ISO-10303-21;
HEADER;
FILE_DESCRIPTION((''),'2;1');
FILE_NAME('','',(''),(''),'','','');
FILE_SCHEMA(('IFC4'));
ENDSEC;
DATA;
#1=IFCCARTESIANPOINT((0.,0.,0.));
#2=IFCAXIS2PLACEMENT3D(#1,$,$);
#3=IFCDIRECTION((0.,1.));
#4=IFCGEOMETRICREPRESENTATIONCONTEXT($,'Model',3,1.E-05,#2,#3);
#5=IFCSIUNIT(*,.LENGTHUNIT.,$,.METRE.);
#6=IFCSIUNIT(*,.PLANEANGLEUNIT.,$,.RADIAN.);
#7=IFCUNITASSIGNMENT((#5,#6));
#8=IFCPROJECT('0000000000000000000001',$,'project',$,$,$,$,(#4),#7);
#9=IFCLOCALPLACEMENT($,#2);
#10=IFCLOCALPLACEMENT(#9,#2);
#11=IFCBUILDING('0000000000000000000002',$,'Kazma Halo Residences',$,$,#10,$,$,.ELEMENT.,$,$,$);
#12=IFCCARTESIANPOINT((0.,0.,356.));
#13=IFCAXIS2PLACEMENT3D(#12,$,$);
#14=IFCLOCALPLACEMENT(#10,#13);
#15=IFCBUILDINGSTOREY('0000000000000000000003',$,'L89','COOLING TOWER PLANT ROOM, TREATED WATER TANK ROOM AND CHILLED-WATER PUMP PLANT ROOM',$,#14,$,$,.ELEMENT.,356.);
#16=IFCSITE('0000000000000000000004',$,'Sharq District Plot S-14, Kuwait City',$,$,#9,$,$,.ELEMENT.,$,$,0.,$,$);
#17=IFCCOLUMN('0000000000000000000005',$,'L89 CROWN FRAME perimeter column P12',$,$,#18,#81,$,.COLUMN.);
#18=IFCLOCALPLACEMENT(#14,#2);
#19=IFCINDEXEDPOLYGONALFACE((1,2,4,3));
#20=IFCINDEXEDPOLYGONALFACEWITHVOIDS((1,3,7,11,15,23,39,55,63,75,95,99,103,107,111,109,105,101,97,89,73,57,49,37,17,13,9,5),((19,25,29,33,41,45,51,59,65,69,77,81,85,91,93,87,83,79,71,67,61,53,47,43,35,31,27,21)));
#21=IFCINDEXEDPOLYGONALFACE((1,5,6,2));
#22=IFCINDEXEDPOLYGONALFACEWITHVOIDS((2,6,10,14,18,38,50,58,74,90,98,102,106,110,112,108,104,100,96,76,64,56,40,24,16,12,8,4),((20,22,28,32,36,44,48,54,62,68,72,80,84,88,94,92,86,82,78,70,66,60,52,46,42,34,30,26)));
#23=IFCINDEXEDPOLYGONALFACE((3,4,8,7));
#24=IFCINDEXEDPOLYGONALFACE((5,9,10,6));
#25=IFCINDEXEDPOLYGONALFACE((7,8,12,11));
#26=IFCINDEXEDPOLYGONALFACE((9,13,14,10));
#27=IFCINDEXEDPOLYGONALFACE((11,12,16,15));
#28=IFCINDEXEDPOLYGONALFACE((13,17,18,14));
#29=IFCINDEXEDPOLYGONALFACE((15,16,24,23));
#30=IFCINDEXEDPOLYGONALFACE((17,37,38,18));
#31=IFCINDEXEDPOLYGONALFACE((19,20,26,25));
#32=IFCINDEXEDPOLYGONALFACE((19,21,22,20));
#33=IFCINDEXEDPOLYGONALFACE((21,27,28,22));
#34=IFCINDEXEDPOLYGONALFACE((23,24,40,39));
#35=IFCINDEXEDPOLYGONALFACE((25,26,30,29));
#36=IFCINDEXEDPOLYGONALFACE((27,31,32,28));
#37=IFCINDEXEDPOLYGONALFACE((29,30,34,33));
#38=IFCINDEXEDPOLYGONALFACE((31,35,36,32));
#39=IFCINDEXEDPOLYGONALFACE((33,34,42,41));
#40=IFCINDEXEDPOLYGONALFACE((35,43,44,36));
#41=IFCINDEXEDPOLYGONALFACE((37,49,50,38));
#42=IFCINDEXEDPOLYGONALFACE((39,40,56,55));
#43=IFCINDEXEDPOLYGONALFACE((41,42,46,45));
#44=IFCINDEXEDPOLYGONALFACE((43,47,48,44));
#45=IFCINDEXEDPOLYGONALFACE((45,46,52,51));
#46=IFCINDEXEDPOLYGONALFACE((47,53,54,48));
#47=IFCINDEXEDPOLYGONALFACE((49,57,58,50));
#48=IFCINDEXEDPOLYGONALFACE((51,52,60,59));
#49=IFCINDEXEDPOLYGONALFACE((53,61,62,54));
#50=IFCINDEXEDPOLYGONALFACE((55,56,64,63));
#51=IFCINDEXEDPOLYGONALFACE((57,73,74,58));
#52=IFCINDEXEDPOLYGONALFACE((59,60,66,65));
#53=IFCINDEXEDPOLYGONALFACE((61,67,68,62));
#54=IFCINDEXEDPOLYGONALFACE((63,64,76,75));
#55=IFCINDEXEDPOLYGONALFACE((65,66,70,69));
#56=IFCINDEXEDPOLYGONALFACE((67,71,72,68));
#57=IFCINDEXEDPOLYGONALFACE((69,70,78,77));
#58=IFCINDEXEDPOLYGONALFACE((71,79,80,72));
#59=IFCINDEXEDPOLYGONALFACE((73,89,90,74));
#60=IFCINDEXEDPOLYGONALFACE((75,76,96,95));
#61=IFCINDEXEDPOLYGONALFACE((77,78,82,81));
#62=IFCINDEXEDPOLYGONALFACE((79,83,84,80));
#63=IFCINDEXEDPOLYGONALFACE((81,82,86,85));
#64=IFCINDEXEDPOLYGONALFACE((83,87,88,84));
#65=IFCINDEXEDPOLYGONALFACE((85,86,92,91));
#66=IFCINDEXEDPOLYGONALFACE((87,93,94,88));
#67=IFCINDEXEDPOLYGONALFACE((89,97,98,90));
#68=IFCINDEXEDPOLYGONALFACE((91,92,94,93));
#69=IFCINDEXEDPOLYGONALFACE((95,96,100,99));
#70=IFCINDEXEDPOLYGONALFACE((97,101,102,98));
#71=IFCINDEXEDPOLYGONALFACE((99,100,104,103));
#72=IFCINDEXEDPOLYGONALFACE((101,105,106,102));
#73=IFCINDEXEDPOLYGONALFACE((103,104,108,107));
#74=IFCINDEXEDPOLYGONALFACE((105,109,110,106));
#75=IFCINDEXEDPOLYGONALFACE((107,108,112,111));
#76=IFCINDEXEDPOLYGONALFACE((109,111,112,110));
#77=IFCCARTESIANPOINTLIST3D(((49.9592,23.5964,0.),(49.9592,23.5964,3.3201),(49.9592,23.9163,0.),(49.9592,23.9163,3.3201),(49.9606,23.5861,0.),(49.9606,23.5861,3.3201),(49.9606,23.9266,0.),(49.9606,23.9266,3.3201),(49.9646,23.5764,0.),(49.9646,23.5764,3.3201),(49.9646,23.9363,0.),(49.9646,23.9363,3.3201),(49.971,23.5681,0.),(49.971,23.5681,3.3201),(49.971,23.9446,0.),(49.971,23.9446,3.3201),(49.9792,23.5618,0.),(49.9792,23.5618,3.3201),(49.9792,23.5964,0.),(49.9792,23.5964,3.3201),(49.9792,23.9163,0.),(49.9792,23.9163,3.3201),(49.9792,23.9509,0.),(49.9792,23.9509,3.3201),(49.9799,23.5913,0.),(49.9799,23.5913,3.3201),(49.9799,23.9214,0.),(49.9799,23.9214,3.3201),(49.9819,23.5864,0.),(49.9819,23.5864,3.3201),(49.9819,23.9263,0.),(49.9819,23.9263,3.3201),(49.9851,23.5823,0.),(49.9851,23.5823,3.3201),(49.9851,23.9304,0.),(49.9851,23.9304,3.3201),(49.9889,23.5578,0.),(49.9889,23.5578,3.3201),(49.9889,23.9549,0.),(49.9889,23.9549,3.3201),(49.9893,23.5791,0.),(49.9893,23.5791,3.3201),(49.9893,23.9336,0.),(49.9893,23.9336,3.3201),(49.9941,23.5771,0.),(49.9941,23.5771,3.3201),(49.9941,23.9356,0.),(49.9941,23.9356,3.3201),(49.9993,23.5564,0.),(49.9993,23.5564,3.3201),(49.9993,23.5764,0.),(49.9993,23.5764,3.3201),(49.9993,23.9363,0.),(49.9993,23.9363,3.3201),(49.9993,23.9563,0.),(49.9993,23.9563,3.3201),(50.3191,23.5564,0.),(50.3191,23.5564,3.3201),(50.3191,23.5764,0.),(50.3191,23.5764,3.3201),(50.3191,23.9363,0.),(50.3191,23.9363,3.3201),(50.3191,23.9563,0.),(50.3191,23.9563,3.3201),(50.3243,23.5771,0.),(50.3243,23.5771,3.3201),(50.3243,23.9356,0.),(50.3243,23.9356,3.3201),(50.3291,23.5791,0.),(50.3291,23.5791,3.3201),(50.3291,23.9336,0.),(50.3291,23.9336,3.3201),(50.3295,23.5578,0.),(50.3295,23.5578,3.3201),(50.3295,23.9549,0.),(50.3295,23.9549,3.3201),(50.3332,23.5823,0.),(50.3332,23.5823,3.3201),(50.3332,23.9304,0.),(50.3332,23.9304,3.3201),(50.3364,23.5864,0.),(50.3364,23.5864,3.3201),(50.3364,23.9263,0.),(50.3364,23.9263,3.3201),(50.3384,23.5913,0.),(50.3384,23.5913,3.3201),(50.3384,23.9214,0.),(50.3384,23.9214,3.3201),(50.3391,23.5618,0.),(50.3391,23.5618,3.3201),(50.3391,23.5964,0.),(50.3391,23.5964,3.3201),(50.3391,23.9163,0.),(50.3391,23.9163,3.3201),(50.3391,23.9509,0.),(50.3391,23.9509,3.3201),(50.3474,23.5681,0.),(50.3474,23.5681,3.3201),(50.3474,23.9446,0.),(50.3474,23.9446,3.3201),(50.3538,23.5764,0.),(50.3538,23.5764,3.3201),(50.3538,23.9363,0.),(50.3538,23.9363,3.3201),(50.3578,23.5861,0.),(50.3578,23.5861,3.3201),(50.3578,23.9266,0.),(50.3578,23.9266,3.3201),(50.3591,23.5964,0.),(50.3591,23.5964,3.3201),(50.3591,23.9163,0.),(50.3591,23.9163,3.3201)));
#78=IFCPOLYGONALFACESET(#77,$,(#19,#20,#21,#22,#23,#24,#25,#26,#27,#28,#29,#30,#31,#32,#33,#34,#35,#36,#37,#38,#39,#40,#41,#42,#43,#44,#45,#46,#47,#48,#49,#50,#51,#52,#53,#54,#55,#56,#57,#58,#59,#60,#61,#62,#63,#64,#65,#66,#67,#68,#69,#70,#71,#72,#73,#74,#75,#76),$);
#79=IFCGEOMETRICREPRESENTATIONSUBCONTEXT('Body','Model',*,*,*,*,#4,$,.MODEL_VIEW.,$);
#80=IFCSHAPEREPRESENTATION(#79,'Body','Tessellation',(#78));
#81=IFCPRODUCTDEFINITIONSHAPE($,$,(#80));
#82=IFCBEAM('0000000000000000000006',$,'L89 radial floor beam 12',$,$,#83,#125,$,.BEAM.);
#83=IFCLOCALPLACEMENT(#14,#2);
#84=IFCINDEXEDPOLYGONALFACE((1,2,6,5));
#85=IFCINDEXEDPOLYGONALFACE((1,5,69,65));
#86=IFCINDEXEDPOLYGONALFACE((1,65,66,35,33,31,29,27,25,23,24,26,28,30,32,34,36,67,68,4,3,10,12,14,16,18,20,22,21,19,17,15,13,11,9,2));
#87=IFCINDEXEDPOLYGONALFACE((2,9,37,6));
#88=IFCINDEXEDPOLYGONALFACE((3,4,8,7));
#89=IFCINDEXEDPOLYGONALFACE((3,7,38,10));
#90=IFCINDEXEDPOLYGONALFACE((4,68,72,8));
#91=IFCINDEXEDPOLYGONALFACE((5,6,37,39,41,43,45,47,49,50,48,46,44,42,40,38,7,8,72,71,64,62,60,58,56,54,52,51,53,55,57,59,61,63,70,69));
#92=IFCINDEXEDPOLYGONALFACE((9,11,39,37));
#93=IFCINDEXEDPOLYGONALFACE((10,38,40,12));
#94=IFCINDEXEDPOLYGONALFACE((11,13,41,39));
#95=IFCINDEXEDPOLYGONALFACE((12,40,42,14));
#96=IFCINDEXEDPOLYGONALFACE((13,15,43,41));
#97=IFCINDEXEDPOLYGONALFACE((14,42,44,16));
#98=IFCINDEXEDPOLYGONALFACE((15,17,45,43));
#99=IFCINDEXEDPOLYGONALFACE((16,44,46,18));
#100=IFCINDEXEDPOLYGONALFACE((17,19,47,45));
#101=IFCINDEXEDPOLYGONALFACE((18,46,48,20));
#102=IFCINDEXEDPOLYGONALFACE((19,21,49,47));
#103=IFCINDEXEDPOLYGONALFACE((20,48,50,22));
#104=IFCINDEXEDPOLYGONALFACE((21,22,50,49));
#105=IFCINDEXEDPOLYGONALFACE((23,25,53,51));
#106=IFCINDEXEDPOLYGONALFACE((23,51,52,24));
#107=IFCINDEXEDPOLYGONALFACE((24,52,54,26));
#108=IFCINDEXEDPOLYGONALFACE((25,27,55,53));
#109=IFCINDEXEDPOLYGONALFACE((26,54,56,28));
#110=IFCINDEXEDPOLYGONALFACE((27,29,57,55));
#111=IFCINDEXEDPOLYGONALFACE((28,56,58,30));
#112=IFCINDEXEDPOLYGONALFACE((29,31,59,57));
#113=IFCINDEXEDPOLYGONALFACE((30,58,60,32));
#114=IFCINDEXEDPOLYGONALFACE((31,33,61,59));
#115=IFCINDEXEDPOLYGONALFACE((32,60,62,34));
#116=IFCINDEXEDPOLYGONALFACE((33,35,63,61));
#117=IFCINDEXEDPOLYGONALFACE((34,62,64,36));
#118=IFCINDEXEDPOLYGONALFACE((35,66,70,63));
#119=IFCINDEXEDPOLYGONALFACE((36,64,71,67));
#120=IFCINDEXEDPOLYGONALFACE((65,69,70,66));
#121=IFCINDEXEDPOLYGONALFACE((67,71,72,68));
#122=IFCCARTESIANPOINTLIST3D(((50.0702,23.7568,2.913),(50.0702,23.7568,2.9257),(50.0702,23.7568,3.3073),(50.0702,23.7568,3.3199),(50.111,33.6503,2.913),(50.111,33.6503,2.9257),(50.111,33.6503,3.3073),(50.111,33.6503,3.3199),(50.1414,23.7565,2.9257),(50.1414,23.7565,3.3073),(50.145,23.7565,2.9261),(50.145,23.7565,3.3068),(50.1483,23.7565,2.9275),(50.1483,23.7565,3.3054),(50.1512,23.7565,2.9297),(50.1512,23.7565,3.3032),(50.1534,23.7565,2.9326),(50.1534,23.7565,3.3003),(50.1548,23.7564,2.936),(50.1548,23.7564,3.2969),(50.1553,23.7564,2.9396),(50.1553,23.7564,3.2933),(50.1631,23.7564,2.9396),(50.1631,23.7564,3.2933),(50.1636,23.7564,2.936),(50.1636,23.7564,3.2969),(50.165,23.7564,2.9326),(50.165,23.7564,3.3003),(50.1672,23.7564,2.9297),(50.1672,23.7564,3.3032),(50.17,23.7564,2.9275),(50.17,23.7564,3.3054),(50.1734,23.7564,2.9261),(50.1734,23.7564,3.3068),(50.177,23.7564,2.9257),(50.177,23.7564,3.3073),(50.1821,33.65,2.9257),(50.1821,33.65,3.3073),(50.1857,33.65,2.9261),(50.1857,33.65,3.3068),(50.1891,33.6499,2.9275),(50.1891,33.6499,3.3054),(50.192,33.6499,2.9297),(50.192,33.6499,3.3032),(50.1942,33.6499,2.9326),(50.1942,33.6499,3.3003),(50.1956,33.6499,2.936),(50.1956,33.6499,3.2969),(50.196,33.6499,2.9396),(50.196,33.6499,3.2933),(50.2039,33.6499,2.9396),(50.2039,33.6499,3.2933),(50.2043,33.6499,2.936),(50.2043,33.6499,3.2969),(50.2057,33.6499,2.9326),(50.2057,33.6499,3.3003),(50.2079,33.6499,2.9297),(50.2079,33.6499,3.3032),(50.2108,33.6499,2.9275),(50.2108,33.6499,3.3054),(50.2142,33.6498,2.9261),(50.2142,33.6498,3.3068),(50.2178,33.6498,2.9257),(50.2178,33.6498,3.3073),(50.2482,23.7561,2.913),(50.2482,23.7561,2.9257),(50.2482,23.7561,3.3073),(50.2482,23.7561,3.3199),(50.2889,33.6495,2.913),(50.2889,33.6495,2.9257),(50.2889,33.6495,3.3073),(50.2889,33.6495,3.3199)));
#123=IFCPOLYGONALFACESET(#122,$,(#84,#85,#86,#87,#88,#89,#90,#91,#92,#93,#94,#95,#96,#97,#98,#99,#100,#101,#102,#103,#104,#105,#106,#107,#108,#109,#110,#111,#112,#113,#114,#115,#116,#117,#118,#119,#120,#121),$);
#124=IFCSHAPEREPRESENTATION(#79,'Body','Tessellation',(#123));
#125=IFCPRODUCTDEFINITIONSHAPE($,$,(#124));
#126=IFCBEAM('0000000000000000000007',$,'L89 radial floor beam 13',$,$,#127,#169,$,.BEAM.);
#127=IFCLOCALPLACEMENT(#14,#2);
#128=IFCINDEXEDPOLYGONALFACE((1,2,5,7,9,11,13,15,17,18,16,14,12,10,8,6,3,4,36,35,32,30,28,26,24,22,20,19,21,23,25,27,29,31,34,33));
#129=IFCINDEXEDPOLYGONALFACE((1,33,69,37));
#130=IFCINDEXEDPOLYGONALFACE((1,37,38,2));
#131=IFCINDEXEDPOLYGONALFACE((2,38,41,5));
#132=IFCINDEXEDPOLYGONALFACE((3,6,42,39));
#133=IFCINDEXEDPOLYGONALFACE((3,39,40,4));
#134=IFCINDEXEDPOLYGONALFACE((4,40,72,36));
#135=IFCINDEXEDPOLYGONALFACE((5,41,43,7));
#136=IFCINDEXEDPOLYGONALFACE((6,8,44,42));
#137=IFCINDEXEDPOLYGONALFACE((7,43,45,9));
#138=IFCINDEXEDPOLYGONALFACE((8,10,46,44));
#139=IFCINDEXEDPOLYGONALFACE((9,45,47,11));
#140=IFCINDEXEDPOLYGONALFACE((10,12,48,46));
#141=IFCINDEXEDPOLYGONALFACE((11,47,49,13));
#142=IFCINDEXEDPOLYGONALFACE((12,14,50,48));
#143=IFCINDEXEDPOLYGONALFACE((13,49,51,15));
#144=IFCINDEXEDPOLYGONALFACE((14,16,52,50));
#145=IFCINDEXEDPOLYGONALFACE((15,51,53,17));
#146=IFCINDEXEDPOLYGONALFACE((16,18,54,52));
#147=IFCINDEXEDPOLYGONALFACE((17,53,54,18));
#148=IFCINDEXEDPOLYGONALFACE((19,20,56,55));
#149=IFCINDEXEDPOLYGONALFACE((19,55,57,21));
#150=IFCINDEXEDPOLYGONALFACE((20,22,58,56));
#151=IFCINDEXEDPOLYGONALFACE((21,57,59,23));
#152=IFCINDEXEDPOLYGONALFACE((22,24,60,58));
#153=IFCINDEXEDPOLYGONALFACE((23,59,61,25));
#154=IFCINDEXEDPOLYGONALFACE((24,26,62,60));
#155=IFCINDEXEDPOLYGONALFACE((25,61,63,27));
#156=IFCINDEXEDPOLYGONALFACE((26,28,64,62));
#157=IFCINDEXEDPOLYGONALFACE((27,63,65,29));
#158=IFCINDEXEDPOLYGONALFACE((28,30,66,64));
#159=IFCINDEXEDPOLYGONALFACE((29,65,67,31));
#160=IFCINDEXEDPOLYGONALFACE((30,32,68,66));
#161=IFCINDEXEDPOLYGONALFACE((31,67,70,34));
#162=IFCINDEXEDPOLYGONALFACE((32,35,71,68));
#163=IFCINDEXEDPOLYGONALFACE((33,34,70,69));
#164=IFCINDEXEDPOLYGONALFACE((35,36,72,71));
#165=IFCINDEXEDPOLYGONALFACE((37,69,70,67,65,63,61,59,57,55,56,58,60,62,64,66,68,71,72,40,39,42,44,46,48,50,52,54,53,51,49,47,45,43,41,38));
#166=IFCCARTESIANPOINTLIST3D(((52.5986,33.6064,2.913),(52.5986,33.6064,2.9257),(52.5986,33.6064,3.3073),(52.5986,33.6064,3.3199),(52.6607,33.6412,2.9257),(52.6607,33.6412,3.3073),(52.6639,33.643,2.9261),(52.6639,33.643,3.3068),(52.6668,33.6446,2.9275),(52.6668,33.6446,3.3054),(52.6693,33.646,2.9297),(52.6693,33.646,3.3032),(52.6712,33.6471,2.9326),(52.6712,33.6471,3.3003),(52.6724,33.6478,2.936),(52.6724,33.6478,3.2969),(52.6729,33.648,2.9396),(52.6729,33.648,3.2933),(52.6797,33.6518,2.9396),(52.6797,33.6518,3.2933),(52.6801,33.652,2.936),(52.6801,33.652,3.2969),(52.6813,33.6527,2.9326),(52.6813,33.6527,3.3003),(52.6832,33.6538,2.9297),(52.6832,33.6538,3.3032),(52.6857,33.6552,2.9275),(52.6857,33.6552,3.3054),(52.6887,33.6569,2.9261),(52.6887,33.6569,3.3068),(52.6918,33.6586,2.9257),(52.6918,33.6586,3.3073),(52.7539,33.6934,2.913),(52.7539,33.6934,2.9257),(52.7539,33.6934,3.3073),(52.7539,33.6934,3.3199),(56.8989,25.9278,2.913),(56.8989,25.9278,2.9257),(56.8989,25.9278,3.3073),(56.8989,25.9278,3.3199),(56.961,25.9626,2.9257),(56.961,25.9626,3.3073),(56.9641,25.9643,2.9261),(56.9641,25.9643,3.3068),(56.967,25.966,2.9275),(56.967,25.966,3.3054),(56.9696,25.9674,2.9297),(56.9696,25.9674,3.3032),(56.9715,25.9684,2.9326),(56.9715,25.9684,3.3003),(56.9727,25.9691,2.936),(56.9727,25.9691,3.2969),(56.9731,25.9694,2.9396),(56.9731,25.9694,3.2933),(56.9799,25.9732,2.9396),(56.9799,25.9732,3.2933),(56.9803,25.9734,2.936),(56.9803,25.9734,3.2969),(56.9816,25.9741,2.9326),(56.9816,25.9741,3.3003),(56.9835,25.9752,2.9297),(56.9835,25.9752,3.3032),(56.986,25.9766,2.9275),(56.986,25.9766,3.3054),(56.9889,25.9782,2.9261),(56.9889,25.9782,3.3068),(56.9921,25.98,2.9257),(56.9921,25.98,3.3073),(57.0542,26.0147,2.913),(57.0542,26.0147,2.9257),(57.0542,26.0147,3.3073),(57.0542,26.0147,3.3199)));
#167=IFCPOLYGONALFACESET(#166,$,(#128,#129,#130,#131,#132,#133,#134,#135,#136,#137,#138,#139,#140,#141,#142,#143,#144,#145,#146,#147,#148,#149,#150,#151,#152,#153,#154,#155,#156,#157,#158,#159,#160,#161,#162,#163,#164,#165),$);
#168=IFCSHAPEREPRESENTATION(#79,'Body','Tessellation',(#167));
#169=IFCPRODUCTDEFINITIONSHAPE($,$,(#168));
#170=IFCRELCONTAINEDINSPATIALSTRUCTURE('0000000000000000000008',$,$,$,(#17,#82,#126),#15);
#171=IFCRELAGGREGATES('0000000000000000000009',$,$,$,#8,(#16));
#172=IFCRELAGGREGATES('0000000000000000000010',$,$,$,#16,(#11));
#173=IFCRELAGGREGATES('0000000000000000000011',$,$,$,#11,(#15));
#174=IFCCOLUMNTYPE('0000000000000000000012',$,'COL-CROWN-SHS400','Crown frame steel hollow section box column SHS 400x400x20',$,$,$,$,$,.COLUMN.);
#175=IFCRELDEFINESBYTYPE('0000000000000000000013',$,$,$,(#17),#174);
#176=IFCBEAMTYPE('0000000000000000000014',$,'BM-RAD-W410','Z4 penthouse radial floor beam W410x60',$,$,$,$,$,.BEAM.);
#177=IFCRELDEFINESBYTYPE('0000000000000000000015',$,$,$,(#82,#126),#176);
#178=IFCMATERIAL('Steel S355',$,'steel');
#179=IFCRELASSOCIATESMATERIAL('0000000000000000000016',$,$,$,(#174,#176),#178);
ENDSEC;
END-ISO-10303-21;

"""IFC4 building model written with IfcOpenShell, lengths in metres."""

from ifc_helpers import new_model, si_unit, direction, frame, origin, origin_2d, place, context, subcontext, project, spatial, hollow_rectangle, i_section, extrude, material, material_profile, profile_set, type_object, element, save


model = new_model("IFC4")

# Units and contexts
model_context = context("Model", 3, precision=1e-05, world=origin(), true_north=direction((0.0, 1.0)))
body_context = subcontext(model_context, "Body", "Model", "MODEL_VIEW")
ifc_project = project(units=[si_unit("LENGTHUNIT", "METRE"), si_unit("PLANEANGLEUNIT", "RADIAN")], contexts=[model_context])

# Site, building, storey
site_placement = place(None, origin())
site = spatial("IfcSite", under=ifc_project, at=site_placement, Name="Sharq District Plot S-14, Kuwait City", CompositionType="ELEMENT", RefElevation=0.0)
building_placement = place(site_placement, origin())
building = spatial("IfcBuilding", under=site, at=building_placement, Name="Kazma Halo Residences", CompositionType="ELEMENT")
storey_placement = place(building_placement, frame((0.0, 0.0, 356.0)))
storey = spatial("IfcBuildingStorey", under=building, at=storey_placement, Name="L89", Description="COOLING TOWER PLANT ROOM, TREATED WATER TANK ROOM AND CHILLED-WATER PUMP PLANT ROOM", CompositionType="ELEMENT", Elevation=356.0)

# Column
ifc_material_1 = material(Name="Steel S355", Category="steel")
ifc_material_profile_1 = material_profile(ifc_material_1, hollow_rectangle(XDim=0.3999, YDim=0.3999, WallThickness=0.02, InnerFilletRadius=0.02, OuterFilletRadius=0.04, at=origin_2d()), Name="SHS400x400x20")
ifc_profile_set_1 = profile_set([ifc_material_profile_1], Name="Steel S355")
column_type = type_object("IfcColumnType", Name="COL-CROWN-SHS400", Description="Crown frame steel hollow section box column SHS 400x400x20", PredefinedType="COLUMN", material=ifc_profile_set_1)
column_placement = place(storey_placement, frame((50.1592, 23.7563, 0.0), z_axis=(0.0, 0.0, 1.0), x_axis=(1.0, 0.0, 0.0)))
element("IfcColumn", 1, at=column_placement, inside=storey, type_object=column_type, Name="L89 CROWN FRAME perimeter column P12", PredefinedType="COLUMN", context=body_context, shape_type="SweptSolid", body=[
    extrude(hollow_rectangle(XDim=0.3999, YDim=0.3999, WallThickness=0.02, InnerFilletRadius=0.02, OuterFilletRadius=0.04, at=origin_2d()), origin(), (0.0, 0.0, 1.0), 3.3201),
])

# Beams
ifc_material_profile_2 = material_profile(ifc_material_1, i_section(OverallWidth=0.178, OverallDepth=0.407, WebThickness=0.0078, FlangeThickness=0.0127, FilletRadius=0.0139, at=origin_2d()), Name="W410x60")
ifc_profile_set_2 = profile_set([ifc_material_profile_2], Name="Steel S355")
beam_type_1 = type_object("IfcBeamType", Name="BM-RAD-W410", Description="Z4 penthouse radial floor beam W410x60", PredefinedType="BEAM", material=ifc_profile_set_2)
beam_1_placement = place(storey_placement, frame((50.2, 33.6499, 3.1165), z_axis=(-0.004121, -0.999992, 0.0), x_axis=(0.999992, -0.004121, 0.0)))
element("IfcBeam", 2, at=beam_1_placement, inside=storey, type_object=beam_type_1, Name="L89 radial floor beam 12", PredefinedType="BEAM", context=body_context, shape_type="SweptSolid", body=[
    extrude(i_section(OverallWidth=0.178, OverallDepth=0.407, WebThickness=0.0078, FlangeThickness=0.0127, FilletRadius=0.0139, at=origin_2d()), origin(), (0.0, 0.0, 1.0), 9.8936),
])
beam_2_placement = place(storey_placement, frame((52.6763, 33.6499, 3.1165), z_axis=(0.488622, -0.872496, 0.0), x_axis=(0.872496, 0.488622, 0.0)))
element("IfcBeam", 3, at=beam_2_placement, inside=storey, type_object=beam_type_1, Name="L89 radial floor beam 13", PredefinedType="BEAM", context=body_context, shape_type="SweptSolid", body=[
    extrude(i_section(OverallWidth=0.178, OverallDepth=0.407, WebThickness=0.0078, FlangeThickness=0.0127, FilletRadius=0.0139, at=origin_2d()), origin(), (0.0, 0.0, 1.0), 8.8008),
])

save(model, "model.ifc")
